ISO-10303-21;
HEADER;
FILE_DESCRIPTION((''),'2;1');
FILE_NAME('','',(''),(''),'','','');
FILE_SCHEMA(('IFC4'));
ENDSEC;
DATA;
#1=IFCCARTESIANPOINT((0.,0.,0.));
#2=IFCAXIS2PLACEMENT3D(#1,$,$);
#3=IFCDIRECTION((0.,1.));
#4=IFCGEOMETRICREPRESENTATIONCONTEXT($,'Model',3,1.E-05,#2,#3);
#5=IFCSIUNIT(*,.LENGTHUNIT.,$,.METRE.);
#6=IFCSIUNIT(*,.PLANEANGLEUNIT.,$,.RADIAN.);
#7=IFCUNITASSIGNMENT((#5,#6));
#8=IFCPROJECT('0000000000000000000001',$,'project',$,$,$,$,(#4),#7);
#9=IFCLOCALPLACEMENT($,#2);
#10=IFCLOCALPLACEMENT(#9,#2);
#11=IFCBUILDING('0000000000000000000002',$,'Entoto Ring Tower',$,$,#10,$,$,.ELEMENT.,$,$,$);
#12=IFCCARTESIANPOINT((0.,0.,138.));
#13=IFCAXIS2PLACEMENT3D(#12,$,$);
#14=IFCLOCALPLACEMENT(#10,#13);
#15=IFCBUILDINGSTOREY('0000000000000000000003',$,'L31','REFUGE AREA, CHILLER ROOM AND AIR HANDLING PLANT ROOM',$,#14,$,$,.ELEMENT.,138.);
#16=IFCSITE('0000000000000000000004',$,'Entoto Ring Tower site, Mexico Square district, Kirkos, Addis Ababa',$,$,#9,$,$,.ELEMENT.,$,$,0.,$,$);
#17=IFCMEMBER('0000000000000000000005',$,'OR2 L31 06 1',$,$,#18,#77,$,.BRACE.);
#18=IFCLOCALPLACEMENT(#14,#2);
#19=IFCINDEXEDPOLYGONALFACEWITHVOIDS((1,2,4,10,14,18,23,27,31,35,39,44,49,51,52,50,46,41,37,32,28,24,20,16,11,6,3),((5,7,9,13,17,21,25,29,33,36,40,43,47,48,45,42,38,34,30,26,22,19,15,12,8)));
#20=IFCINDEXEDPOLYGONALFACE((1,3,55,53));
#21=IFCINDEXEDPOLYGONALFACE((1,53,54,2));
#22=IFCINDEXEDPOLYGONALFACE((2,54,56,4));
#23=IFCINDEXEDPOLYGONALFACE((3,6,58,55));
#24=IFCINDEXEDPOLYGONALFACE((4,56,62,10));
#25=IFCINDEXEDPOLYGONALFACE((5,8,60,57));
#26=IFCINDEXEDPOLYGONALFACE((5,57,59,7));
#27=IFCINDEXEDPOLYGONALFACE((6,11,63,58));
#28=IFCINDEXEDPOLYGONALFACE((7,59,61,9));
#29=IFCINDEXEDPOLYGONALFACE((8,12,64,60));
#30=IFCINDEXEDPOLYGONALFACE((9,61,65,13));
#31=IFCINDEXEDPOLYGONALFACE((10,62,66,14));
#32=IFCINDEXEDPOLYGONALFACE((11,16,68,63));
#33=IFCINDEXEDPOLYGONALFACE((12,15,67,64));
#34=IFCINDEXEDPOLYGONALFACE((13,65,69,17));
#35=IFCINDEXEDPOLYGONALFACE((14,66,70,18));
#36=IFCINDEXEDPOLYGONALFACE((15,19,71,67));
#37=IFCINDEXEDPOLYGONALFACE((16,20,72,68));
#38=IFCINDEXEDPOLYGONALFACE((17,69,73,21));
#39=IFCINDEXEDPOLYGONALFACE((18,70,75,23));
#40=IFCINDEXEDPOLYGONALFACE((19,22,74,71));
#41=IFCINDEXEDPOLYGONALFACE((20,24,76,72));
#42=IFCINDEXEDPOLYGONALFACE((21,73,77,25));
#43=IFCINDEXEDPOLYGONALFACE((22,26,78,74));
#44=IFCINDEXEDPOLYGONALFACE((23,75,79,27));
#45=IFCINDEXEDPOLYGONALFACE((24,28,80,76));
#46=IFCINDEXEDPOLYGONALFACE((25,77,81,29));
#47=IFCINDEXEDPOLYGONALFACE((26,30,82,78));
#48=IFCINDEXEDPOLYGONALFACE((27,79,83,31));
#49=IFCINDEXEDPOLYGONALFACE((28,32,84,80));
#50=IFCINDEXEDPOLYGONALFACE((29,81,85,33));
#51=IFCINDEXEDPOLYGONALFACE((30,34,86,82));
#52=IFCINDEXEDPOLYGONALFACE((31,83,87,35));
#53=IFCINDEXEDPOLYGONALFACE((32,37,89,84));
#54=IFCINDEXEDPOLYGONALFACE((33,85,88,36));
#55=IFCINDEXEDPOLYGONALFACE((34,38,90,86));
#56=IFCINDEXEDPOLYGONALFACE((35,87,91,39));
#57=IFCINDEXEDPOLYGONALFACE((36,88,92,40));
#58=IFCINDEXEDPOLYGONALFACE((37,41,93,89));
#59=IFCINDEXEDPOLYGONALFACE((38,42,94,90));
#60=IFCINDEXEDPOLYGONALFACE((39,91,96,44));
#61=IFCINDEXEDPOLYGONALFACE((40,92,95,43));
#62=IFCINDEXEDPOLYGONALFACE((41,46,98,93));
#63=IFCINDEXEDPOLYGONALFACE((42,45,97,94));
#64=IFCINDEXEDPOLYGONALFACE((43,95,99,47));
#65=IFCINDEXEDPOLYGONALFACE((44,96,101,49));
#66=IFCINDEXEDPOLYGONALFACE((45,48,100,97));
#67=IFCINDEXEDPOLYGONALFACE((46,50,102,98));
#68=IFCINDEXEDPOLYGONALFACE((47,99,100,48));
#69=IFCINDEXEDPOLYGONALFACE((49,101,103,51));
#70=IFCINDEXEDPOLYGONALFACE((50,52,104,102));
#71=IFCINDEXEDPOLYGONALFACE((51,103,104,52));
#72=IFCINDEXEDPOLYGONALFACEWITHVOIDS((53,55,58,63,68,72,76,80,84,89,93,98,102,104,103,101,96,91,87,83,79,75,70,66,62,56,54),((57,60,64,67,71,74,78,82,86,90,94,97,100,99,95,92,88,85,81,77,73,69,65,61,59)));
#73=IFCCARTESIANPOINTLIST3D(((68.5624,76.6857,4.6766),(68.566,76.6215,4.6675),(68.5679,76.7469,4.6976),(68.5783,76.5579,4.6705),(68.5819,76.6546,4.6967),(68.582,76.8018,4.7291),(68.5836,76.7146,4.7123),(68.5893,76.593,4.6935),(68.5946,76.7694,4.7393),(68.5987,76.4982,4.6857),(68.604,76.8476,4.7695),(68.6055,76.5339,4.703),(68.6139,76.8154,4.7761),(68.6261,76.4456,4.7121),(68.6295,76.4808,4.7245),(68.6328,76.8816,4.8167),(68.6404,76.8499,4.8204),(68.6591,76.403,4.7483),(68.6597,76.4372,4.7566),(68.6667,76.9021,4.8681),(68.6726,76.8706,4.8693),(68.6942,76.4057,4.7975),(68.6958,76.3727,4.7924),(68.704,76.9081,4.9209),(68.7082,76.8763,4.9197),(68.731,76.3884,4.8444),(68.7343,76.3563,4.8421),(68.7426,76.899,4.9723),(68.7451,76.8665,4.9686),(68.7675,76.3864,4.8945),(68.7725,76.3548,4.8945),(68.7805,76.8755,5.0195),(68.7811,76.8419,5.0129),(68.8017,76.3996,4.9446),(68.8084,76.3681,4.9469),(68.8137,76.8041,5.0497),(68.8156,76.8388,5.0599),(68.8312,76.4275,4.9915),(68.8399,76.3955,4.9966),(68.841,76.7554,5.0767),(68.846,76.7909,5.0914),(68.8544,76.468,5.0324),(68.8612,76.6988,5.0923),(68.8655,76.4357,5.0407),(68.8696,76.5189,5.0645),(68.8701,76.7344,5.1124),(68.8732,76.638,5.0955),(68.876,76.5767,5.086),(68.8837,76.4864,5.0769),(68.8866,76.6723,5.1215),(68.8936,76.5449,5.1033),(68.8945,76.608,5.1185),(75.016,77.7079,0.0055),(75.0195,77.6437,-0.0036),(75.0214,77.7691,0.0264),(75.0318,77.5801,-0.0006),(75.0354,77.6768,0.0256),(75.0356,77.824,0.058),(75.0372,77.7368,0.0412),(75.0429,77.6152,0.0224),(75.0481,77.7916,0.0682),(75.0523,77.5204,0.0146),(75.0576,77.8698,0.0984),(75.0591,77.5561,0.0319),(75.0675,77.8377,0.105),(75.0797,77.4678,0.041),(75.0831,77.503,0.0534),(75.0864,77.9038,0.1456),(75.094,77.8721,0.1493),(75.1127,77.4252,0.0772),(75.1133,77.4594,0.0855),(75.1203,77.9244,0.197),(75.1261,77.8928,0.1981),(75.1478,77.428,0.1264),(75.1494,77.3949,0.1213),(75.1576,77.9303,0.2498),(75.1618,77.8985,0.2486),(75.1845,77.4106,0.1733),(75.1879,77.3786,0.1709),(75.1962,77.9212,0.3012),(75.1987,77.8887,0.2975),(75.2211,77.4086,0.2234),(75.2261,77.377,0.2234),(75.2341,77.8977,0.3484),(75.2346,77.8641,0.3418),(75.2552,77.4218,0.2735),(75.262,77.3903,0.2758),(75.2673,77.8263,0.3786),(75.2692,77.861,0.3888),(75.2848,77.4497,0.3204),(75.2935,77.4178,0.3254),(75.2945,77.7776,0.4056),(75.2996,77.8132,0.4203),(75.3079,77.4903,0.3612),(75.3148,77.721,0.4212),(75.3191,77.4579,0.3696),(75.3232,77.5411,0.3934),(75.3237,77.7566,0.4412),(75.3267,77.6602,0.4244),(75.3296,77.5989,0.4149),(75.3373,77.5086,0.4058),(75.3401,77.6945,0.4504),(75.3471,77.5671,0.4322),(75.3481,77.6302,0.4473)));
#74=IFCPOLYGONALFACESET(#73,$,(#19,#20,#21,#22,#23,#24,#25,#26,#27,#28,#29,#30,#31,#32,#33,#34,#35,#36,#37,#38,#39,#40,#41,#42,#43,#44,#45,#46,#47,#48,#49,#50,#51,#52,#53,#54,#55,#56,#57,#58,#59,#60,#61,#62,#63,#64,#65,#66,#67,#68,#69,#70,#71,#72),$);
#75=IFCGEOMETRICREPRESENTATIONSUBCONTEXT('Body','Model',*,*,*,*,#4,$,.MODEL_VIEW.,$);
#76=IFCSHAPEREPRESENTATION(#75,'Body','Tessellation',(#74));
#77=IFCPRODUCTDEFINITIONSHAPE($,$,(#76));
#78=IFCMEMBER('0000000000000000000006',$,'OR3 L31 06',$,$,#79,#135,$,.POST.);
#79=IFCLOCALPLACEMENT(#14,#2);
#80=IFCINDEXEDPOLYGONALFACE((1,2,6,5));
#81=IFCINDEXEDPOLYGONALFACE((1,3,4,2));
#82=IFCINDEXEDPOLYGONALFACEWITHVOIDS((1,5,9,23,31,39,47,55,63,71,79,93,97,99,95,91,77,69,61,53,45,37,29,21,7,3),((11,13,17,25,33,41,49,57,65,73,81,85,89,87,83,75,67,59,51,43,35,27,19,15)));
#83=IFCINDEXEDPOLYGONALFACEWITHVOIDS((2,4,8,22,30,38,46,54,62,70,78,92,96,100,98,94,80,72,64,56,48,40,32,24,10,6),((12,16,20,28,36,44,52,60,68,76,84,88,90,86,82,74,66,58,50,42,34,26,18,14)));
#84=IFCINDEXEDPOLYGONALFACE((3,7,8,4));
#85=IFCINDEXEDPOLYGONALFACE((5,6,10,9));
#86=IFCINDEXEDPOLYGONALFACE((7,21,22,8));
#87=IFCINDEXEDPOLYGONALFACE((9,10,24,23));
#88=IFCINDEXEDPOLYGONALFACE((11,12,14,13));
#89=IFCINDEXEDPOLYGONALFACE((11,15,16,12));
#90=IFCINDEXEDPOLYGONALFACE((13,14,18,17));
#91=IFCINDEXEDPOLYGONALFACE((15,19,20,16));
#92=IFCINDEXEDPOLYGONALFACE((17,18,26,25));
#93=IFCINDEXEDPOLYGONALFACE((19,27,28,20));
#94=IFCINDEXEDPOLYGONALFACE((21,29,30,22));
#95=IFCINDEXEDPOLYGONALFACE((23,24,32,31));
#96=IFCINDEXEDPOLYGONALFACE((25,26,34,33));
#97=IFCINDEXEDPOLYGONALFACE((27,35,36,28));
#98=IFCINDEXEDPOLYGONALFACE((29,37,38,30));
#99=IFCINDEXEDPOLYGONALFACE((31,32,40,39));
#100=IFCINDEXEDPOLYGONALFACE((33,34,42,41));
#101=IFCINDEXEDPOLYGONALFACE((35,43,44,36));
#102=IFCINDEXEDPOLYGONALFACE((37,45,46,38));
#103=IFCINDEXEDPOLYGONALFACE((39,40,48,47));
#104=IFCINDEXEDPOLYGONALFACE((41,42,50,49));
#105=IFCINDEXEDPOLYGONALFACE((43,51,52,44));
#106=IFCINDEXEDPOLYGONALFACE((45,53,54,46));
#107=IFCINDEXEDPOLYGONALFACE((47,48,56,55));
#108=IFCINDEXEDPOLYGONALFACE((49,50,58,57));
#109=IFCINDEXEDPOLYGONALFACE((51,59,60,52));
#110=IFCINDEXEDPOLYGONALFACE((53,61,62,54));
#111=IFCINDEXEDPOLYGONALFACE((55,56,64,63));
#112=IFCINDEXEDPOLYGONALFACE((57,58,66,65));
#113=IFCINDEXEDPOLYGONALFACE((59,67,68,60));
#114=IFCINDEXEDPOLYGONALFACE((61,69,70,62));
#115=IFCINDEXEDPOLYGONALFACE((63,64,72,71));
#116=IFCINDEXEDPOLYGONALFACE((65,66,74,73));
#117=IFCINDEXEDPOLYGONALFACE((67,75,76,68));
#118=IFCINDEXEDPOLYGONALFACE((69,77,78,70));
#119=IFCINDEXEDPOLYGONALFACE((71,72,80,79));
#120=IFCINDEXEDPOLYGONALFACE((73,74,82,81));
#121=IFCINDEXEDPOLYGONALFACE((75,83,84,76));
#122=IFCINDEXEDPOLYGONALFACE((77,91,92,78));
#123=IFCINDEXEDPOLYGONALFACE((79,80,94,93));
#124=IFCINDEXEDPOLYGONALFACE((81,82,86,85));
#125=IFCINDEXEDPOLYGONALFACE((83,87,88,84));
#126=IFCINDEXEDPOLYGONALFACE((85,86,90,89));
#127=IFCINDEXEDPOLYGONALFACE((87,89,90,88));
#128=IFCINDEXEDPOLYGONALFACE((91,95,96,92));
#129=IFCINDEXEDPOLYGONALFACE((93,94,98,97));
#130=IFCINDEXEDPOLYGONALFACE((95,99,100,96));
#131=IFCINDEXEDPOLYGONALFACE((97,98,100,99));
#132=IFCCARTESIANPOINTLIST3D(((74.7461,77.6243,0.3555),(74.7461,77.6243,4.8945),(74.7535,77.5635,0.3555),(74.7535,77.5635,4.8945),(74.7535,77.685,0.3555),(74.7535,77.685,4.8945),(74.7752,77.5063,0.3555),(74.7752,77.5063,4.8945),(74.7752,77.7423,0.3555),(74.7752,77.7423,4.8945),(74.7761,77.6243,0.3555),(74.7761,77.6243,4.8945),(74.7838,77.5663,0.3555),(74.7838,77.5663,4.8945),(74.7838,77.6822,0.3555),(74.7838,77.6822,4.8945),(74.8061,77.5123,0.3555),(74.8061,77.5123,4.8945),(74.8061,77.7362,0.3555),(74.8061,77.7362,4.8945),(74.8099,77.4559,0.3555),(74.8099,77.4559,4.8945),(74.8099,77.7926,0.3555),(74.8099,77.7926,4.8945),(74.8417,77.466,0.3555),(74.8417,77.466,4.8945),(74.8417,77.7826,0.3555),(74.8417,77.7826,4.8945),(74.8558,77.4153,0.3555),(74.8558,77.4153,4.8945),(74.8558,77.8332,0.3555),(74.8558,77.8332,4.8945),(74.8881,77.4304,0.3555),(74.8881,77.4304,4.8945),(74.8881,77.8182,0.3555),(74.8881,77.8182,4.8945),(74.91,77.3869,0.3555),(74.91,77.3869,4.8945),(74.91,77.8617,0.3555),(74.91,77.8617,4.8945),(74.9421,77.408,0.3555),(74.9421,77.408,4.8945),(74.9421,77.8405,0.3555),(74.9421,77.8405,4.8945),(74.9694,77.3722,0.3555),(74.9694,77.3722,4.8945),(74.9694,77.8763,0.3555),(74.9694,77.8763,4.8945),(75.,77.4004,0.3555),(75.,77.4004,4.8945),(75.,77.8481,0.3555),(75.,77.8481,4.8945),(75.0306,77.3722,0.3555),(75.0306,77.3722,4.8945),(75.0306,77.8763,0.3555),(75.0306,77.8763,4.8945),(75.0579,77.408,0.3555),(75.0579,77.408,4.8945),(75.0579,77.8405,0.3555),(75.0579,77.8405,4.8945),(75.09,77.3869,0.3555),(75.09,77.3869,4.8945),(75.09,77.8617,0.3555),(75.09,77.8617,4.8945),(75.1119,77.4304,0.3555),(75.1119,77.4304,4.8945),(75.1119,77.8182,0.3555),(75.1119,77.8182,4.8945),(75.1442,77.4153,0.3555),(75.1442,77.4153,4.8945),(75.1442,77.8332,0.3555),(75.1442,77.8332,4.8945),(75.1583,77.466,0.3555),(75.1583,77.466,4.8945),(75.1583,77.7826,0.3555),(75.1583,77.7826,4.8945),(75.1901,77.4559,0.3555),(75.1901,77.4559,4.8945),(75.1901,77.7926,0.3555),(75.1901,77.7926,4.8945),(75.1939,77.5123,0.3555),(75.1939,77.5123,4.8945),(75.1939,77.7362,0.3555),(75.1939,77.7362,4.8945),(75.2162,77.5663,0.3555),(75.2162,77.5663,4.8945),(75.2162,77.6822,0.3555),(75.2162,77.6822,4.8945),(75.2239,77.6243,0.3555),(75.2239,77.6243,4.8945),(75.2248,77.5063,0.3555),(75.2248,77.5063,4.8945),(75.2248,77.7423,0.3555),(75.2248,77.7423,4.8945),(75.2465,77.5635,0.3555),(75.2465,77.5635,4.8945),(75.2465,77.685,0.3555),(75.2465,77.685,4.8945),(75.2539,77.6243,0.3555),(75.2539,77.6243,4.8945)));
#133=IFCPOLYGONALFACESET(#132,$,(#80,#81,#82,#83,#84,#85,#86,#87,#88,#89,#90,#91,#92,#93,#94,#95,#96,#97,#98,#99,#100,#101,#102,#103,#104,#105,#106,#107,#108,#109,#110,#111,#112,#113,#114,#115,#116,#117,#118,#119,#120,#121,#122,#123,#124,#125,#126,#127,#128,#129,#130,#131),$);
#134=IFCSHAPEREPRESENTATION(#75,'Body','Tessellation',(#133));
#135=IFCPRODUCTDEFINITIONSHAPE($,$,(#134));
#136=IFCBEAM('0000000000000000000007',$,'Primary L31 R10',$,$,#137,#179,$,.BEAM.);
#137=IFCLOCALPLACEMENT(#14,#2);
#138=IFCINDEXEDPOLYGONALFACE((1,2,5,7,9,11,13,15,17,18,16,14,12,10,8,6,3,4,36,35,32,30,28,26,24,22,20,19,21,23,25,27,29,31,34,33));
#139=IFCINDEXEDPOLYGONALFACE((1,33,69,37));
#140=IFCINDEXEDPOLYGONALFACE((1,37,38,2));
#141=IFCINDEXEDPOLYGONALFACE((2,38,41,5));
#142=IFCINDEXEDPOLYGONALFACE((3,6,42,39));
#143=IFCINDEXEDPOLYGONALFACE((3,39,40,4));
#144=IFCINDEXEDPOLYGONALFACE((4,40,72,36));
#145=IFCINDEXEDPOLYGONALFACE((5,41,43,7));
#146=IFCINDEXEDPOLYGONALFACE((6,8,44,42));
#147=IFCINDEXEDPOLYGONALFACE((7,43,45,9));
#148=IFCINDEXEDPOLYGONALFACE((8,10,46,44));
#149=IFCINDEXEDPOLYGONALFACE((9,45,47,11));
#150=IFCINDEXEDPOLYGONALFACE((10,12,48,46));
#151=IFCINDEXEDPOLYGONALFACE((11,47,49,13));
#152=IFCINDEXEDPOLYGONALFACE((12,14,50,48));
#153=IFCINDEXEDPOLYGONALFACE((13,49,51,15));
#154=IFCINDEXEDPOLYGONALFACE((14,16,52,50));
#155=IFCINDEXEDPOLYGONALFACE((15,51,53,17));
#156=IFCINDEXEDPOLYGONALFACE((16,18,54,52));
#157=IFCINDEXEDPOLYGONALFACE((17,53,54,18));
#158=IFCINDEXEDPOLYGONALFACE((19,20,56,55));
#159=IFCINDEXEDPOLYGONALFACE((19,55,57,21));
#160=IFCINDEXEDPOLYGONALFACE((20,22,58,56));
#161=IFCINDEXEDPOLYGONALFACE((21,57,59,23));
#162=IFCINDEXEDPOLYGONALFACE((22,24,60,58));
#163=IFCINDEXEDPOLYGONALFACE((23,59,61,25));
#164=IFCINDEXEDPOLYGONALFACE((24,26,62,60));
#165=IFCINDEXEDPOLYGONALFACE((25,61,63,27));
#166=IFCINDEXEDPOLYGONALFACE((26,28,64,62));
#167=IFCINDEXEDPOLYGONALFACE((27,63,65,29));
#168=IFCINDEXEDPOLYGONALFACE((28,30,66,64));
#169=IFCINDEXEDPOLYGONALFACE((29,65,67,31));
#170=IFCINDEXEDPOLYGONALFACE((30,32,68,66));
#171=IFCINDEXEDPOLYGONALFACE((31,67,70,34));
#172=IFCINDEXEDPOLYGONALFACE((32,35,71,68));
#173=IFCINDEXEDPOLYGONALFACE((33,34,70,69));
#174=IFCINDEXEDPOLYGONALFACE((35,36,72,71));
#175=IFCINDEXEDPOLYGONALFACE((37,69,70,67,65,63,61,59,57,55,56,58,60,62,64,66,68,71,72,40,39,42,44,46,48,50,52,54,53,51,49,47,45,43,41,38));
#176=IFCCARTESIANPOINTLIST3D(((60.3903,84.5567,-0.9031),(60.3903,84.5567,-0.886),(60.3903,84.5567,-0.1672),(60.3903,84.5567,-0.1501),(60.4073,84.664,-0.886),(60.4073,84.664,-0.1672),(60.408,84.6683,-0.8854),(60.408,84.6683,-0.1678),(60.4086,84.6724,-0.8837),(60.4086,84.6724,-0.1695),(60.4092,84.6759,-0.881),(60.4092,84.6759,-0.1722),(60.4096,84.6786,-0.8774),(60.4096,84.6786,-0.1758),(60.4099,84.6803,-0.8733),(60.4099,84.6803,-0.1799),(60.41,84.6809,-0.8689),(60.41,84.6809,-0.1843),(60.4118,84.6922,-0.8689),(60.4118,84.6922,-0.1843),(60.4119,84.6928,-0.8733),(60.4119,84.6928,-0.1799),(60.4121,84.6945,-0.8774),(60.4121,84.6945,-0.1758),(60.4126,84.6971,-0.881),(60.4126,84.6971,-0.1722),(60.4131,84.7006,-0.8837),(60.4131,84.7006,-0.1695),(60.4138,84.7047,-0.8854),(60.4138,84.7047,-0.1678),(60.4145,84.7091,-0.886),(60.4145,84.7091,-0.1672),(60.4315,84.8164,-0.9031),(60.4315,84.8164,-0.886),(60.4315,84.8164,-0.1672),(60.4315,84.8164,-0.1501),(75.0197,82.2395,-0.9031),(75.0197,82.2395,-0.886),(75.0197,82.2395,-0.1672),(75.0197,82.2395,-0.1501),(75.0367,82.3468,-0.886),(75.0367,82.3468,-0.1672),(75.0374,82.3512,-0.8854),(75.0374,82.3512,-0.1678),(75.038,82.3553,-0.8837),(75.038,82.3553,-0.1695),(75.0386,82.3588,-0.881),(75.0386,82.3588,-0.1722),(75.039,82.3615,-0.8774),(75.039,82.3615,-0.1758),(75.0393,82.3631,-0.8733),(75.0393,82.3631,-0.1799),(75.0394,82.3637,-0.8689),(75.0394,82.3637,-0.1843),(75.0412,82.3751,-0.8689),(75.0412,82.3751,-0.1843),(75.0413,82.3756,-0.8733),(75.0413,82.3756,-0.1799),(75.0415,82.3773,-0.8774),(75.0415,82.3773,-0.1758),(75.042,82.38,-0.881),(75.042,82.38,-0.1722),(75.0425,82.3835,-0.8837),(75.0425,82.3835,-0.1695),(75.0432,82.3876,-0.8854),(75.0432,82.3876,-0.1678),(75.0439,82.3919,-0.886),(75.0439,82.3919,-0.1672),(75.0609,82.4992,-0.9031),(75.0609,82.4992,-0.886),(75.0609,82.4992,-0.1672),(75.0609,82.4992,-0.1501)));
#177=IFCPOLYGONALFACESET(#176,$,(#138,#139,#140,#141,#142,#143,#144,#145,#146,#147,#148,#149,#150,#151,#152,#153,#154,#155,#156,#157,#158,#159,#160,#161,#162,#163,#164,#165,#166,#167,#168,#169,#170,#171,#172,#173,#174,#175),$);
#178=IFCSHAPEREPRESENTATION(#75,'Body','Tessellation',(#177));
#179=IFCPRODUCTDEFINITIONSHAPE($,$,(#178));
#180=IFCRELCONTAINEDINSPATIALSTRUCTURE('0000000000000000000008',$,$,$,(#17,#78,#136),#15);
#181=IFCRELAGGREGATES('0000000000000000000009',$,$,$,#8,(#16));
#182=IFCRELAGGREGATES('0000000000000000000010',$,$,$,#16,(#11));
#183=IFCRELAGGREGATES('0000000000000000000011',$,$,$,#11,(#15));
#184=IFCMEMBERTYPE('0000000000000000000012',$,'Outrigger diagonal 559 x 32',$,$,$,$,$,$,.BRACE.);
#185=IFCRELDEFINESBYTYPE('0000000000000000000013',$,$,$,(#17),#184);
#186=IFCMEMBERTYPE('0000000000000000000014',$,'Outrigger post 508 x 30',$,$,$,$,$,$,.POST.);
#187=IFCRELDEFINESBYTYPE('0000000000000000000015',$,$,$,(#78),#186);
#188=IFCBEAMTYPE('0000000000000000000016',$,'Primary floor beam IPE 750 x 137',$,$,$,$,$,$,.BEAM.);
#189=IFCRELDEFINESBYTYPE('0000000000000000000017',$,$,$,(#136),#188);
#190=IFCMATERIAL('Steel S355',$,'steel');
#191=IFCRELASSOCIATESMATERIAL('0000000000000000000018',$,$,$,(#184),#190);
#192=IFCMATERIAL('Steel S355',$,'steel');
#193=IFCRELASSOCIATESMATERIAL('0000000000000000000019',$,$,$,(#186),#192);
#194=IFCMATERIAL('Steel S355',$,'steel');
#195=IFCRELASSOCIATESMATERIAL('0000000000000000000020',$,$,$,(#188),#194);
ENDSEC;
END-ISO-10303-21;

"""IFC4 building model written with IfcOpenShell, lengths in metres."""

from ifc_helpers import new_model, si_unit, direction, frame, origin, origin_2d, place, context, subcontext, project, spatial, circle, hollow_circle, i_section, extrude, material, material_profile, profile_set, type_object, element, save


model = new_model("IFC4")

# Units and contexts
model_context = context("Model", 3, precision=1e-05, world=origin(), true_north=direction((0.0, 1.0)))
body_context = subcontext(model_context, "Body", "Model", "MODEL_VIEW")
ifc_project = project(units=[si_unit("LENGTHUNIT", "METRE"), si_unit("PLANEANGLEUNIT", "RADIAN")], contexts=[model_context])

# Site, building, storey
site_placement = place(None, origin())
site = spatial("IfcSite", under=ifc_project, at=site_placement, Name="Entoto Ring Tower site, Mexico Square district, Kirkos, Addis Ababa", CompositionType="ELEMENT", RefElevation=0.0)
building_placement = place(site_placement, origin())
building = spatial("IfcBuilding", under=site, at=building_placement, Name="Entoto Ring Tower", CompositionType="ELEMENT")
storey_placement = place(building_placement, frame((0.0, 0.0, 138.0)))
storey = spatial("IfcBuildingStorey", under=building, at=storey_placement, Name="L31", Description="REFUGE AREA, CHILLER ROOM AND AIR HANDLING PLANT ROOM", CompositionType="ELEMENT", Elevation=138.0)

# Members
ifc_material_1 = material(Name="Steel S355", Category="steel")
ifc_material_profile_1 = material_profile(ifc_material_1, hollow_circle(Radius=0.2795, WallThickness=0.032, at=origin_2d()), Name="CHS 559 x 32")
ifc_material_2 = material(Name="Concrete C60/75", Category="concrete")
ifc_material_profile_2 = material_profile(ifc_material_2, circle(Radius=0.2476, at=origin_2d()), Name="Concrete C60/75 infill")
ifc_profile_set_1 = profile_set([ifc_material_profile_1, ifc_material_profile_2], Name="Steel S355")
member_type_1 = type_object("IfcMemberType", Name="Outrigger diagonal 559 x 32", PredefinedType="BRACE", material=ifc_profile_set_1)
member_1_placement = place(storey_placement, frame((75.1824, 77.6531, 0.2234), z_axis=(-0.803484, -0.127267, 0.581564), x_axis=(0.156444, -0.987687, 0.0)))
element("IfcMember", 1, at=member_1_placement, inside=storey, type_object=member_type_1, Name="OR2 L31 06 1", PredefinedType="BRACE", context=body_context, shape_type="SweptSolid", body=[
    extrude(hollow_circle(Radius=0.2795, WallThickness=0.032, at=origin_2d()), origin(), (0.0, 0.0, 1.0), 8.032),
])
ifc_material_3 = material(Name="Steel S355", Category="steel")
ifc_material_profile_3 = material_profile(ifc_material_3, hollow_circle(Radius=0.2539, WallThickness=0.03, at=origin_2d()), Name="CHS 508 x 30")
ifc_material_4 = material(Name="Concrete C60/75", Category="concrete")
ifc_material_profile_4 = material_profile(ifc_material_4, circle(Radius=0.2241, at=origin_2d()), Name="Concrete C60/75 infill")
ifc_profile_set_2 = profile_set([ifc_material_profile_3, ifc_material_profile_4], Name="Steel S355")
member_type_2 = type_object("IfcMemberType", Name="Outrigger post 508 x 30", PredefinedType="POST", material=ifc_profile_set_2)
member_2_placement = place(storey_placement, frame((75.0, 77.6243, 0.3555), z_axis=(0.0, 0.0, 1.0), x_axis=(1.0, 0.0, 0.0)))
element("IfcMember", 2, at=member_2_placement, inside=storey, type_object=member_type_2, Name="OR3 L31 06", PredefinedType="POST", context=body_context, shape_type="SweptSolid", body=[
    extrude(hollow_circle(Radius=0.2539, WallThickness=0.03, at=origin_2d()), origin(), (0.0, 0.0, 1.0), 4.5391),
])

# Beam
ifc_material_5 = material(Name="Steel S355", Category="steel")
ifc_material_profile_5 = material_profile(ifc_material_5, i_section(OverallWidth=0.2629, OverallDepth=0.7529, WebThickness=0.0115, FlangeThickness=0.0171, FilletRadius=0.0171, at=origin_2d()), Name="IPE 750 x 137")
ifc_profile_set_3 = profile_set([ifc_material_profile_5], Name="Steel S355")
beam_type_1 = type_object("IfcBeamType", Name="Primary floor beam IPE 750 x 137", PredefinedType="BEAM", material=ifc_profile_set_3)
for number, where, z_axis, x_axis, name in (
    (3, (75.0403, 82.3694, -0.5266), (-0.987688, 0.156439, 0.0), (-0.156439, -0.987688, 0.0), "Primary L31 R10"),
):
    element("IfcBeam", number, at=place(storey_placement, frame(where, z_axis=z_axis, x_axis=x_axis)), inside=storey, type_object=beam_type_1, Name=name, PredefinedType="BEAM", context=body_context, shape_type="SweptSolid", body=[
        extrude(i_section(OverallWidth=0.2629, OverallDepth=0.7529, WebThickness=0.0115, FlangeThickness=0.0171, FilletRadius=0.0171, at=origin_2d()), origin(), (0.0, 0.0, 1.0), 14.8118),
    ])

save(model, "model.ifc")
